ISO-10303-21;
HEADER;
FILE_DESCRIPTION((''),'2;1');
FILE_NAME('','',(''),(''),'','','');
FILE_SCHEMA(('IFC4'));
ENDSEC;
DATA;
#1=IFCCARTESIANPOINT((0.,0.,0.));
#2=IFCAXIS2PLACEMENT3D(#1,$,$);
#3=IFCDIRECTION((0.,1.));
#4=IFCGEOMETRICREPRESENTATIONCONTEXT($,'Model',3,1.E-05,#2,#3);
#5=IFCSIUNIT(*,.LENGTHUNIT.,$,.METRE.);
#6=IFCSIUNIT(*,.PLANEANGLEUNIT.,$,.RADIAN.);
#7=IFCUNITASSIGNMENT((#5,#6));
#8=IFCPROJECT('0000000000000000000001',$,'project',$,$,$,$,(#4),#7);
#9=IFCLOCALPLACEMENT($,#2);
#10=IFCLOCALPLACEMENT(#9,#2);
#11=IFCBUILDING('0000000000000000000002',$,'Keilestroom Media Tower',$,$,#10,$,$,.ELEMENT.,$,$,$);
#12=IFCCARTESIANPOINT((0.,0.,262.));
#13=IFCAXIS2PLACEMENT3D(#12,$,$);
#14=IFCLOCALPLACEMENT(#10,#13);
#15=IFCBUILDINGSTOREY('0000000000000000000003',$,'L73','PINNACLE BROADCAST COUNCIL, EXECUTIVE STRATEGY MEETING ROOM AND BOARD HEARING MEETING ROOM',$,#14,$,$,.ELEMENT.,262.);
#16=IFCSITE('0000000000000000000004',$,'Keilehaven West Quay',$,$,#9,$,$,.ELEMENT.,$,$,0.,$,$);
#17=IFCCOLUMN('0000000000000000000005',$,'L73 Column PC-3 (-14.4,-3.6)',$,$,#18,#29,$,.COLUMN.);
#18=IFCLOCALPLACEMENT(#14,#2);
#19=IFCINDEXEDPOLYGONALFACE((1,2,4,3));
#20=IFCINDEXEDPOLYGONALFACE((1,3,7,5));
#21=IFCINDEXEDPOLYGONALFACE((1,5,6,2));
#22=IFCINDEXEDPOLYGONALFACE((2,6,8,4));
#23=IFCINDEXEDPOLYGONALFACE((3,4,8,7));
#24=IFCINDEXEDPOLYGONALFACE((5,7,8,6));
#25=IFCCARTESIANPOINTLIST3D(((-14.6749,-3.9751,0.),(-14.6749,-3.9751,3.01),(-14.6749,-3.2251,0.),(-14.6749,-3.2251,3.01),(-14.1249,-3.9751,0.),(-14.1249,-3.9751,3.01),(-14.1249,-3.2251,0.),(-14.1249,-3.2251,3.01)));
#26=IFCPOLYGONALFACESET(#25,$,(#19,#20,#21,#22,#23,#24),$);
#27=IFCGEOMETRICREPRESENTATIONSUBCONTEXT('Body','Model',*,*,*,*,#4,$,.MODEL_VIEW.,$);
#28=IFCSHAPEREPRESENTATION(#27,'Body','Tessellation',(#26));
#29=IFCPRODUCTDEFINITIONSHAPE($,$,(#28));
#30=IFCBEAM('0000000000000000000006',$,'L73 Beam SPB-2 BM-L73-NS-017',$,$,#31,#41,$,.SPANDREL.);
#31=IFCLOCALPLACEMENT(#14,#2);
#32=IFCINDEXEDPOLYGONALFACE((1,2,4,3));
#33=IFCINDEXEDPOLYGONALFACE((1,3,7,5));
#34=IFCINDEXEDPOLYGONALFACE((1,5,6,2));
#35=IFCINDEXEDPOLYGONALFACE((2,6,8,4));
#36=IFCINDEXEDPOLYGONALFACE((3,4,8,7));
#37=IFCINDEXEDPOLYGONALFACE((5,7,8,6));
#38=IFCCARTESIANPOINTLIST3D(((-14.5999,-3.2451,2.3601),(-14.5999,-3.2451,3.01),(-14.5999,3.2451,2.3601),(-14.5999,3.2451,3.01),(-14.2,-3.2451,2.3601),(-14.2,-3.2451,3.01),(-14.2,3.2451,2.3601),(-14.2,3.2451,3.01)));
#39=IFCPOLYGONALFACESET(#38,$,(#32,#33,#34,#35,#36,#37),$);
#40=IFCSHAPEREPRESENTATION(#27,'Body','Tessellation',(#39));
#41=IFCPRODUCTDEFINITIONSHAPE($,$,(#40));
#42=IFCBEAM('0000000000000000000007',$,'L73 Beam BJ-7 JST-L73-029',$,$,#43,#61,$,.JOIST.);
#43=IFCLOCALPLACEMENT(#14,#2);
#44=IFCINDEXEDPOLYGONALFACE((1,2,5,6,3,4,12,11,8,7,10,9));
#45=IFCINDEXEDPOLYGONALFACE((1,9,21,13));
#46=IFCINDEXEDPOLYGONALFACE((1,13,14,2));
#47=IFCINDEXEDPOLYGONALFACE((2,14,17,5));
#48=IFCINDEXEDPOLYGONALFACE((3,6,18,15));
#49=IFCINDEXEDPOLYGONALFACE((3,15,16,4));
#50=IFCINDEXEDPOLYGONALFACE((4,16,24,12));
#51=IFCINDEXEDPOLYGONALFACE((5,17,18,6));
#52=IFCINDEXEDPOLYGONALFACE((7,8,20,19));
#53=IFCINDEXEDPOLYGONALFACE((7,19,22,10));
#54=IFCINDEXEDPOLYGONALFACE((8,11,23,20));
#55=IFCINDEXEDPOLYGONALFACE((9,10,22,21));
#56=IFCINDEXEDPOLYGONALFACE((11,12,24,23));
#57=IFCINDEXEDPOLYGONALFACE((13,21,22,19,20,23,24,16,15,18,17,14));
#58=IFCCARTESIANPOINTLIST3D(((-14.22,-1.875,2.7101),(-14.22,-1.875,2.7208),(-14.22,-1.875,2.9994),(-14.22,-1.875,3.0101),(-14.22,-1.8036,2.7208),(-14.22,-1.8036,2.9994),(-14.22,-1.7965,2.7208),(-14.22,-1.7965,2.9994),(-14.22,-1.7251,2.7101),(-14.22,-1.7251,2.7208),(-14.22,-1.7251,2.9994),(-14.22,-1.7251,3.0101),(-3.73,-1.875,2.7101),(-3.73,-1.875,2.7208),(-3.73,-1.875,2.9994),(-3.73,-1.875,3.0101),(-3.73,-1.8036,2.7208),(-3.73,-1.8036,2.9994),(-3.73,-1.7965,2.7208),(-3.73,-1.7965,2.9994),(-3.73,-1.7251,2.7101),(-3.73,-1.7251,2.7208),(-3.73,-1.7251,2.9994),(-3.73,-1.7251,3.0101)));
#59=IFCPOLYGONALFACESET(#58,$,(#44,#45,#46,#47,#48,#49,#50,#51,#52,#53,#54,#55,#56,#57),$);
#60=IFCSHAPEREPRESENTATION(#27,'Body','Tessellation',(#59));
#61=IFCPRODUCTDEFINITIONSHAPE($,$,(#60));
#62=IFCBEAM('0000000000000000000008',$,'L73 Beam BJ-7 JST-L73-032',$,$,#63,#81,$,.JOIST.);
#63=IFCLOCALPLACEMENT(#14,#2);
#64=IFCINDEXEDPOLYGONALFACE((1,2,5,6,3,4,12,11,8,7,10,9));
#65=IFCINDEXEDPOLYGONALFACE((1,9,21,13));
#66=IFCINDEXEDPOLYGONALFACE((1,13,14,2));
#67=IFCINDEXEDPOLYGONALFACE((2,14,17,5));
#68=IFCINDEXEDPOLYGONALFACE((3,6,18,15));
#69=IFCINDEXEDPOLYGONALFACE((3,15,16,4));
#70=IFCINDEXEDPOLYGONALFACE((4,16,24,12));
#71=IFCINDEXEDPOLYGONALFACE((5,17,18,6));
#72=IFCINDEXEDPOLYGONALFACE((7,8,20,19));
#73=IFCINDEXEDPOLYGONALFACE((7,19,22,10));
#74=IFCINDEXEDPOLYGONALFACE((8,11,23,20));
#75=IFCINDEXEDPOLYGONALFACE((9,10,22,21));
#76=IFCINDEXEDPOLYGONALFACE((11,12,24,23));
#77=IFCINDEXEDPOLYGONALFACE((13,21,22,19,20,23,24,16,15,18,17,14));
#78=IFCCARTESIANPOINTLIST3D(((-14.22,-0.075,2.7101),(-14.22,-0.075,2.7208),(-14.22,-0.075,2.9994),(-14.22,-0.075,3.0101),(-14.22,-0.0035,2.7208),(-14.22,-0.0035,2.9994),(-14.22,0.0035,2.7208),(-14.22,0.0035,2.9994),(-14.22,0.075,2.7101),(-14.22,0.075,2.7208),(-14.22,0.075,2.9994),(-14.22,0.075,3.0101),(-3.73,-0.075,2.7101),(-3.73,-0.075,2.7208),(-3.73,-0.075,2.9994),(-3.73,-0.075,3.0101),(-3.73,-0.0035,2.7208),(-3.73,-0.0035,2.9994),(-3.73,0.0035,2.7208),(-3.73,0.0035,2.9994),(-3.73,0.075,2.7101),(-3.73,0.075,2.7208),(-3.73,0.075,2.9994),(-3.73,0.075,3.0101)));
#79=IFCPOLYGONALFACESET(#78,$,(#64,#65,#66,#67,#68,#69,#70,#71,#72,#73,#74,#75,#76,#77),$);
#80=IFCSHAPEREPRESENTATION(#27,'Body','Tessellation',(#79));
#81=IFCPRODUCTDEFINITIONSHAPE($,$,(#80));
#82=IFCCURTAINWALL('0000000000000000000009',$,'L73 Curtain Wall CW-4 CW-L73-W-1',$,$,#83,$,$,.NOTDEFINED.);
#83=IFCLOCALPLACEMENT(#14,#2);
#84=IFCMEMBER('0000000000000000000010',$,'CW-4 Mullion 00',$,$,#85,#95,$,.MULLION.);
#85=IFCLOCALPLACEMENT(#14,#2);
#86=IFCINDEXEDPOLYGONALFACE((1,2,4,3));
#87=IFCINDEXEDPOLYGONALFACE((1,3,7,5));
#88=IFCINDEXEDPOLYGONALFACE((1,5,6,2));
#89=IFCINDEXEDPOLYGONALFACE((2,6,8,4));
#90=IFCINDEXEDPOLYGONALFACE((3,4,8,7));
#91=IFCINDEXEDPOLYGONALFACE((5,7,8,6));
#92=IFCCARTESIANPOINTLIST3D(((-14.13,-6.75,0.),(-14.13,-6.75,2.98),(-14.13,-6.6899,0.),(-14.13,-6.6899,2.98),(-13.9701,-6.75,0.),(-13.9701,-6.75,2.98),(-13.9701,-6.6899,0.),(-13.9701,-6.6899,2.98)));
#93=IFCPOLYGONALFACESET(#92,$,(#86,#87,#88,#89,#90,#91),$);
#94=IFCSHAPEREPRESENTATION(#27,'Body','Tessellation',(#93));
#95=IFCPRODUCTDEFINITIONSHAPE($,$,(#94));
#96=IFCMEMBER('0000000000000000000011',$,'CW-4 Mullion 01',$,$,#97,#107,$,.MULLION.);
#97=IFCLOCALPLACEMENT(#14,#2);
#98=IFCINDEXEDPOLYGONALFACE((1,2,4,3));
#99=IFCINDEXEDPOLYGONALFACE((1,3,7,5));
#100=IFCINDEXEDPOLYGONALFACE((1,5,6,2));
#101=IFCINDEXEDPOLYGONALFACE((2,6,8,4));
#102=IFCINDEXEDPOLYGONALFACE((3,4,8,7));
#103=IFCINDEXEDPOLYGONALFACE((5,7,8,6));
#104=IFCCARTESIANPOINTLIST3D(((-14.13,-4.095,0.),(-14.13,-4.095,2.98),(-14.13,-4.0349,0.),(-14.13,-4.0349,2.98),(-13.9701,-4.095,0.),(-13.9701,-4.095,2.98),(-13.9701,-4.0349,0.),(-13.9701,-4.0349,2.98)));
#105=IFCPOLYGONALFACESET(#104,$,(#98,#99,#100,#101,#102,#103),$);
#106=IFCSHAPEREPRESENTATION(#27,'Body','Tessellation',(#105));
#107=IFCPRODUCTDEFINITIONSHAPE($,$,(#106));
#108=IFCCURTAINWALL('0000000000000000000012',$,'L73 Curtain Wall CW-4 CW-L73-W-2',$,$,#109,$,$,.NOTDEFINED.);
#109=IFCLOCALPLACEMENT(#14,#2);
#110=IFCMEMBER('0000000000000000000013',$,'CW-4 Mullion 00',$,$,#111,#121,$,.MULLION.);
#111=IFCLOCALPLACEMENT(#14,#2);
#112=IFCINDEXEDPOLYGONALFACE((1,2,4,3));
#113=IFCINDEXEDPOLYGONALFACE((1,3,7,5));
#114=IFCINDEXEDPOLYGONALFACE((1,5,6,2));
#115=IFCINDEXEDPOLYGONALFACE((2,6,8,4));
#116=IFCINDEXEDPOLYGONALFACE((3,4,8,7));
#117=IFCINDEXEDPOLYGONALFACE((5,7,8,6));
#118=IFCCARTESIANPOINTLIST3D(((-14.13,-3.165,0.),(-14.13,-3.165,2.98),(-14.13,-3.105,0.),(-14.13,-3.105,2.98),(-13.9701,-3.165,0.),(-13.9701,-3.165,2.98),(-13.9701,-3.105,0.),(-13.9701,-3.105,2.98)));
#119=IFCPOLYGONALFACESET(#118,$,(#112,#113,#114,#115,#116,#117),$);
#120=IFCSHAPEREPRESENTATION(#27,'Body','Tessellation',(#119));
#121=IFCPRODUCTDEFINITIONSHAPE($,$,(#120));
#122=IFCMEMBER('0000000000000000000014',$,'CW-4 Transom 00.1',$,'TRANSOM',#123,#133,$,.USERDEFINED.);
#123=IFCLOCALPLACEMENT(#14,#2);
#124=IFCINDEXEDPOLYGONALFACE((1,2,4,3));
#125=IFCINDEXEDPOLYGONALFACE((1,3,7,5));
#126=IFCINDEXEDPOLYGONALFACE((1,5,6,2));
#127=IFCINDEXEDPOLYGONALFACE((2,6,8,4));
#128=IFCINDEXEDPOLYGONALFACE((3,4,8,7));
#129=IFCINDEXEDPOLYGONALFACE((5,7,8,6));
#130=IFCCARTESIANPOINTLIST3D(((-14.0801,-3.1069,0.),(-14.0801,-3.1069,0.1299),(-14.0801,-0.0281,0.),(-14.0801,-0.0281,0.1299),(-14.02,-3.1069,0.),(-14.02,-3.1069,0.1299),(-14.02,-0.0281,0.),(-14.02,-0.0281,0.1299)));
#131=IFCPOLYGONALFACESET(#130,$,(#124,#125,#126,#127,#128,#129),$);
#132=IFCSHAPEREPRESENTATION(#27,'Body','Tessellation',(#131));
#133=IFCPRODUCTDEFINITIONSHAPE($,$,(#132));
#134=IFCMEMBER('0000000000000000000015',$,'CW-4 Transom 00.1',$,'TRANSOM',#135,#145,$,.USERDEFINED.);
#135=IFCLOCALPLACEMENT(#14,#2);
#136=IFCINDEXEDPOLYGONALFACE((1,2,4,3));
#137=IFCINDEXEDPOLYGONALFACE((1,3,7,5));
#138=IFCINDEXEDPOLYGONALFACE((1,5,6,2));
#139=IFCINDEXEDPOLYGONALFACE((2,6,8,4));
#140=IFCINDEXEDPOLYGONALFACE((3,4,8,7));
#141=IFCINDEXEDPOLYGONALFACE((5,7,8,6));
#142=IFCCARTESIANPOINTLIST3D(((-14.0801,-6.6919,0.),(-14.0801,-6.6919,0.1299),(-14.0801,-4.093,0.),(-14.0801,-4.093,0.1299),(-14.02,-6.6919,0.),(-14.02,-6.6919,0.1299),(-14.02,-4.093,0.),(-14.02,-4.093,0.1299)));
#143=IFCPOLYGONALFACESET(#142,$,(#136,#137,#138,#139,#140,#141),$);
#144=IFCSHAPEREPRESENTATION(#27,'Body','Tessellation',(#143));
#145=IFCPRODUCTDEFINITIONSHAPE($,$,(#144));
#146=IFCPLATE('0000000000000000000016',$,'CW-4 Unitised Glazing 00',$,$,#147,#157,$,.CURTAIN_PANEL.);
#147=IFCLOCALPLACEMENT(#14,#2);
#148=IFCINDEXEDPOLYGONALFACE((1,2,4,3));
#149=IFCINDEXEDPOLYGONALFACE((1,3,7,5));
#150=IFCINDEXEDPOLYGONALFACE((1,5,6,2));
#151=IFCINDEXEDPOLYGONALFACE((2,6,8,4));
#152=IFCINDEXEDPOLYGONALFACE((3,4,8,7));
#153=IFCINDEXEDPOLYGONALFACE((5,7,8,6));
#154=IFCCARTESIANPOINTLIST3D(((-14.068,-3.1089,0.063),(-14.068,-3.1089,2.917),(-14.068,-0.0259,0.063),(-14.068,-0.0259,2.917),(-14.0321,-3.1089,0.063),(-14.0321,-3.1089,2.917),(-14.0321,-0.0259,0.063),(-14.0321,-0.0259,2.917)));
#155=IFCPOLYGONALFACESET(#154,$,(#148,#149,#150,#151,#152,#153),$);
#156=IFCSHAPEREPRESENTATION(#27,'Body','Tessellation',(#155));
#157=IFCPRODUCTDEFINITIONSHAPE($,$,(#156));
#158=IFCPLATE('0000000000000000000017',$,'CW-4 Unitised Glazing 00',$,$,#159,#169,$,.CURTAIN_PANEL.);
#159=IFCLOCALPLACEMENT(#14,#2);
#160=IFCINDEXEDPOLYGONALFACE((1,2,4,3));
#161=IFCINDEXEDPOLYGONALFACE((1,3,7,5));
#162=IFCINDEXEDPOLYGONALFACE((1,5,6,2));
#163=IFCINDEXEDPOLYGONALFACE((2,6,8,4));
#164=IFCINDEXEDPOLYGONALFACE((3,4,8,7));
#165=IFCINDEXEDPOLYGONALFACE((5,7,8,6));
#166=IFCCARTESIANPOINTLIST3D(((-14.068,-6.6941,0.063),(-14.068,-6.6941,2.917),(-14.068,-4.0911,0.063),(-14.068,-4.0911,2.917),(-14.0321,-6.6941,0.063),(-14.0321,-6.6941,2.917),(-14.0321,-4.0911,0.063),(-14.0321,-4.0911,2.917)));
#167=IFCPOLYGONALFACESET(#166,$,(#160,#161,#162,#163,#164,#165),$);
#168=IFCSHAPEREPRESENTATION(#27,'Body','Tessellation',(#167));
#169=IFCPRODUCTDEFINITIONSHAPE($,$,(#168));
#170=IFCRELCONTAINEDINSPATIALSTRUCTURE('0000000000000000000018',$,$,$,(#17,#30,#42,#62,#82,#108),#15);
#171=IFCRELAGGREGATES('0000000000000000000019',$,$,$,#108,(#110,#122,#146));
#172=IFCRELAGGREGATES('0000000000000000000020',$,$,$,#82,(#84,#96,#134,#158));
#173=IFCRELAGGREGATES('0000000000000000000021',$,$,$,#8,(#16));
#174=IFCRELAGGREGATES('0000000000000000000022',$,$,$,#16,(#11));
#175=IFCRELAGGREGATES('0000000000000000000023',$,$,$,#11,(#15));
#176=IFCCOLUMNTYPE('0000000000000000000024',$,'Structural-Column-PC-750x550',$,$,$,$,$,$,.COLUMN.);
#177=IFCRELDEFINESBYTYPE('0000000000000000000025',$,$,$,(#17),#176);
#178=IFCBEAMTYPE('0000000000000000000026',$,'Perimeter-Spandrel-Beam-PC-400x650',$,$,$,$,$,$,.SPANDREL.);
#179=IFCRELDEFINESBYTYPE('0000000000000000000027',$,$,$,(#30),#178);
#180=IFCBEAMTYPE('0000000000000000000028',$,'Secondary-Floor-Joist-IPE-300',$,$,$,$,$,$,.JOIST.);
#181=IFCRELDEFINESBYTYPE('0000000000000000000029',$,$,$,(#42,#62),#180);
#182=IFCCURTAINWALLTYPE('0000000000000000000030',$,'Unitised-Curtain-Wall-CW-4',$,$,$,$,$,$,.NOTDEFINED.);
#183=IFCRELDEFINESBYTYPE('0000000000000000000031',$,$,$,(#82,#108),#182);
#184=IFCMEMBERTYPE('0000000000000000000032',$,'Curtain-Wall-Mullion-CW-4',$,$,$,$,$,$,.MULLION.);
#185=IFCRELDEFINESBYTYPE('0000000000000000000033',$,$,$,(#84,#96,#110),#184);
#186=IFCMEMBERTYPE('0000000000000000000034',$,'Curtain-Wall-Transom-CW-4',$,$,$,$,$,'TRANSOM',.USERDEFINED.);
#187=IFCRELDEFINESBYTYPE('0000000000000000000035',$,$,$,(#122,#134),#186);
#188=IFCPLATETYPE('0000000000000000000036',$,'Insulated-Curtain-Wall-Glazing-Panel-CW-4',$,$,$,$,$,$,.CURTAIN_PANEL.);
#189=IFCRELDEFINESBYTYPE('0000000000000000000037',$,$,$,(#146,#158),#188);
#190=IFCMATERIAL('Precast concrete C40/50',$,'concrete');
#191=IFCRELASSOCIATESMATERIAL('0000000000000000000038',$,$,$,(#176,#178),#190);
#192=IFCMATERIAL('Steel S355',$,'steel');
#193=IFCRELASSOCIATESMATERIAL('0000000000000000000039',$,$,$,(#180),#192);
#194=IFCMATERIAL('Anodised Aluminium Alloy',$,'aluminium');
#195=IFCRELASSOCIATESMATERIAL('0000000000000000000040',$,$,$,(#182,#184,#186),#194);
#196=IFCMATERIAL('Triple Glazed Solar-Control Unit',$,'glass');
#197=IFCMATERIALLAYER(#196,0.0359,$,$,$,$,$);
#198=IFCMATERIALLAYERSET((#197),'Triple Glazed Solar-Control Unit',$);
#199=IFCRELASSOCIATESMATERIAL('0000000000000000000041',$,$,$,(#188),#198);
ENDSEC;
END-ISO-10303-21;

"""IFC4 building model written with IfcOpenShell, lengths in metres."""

from ifc_helpers import new_model, si_unit, direction, frame, origin, origin_2d, place, context, subcontext, project, spatial, rectangle, i_section, extrude, source, transform, mapped, material, layer, layer_set, material_profile, profile_set, type_object, element, aggregate, save


model = new_model("IFC4")

# Units and contexts
model_context = context("Model", 3, precision=1e-05, world=origin(), true_north=direction((0.0, 1.0)))
body_context = subcontext(model_context, "Body", "Model", "MODEL_VIEW")
ifc_project = project(units=[si_unit("LENGTHUNIT", "METRE"), si_unit("PLANEANGLEUNIT", "RADIAN")], contexts=[model_context])

# Site, building, storey
site_placement = place(None, origin())
site = spatial("IfcSite", under=ifc_project, at=site_placement, Name="Keilehaven West Quay", CompositionType="ELEMENT", RefElevation=0.0)
building_placement = place(site_placement, origin())
building = spatial("IfcBuilding", under=site, at=building_placement, Name="Keilestroom Media Tower", CompositionType="ELEMENT")
storey_placement = place(building_placement, frame((0.0, 0.0, 262.0)))
storey = spatial("IfcBuildingStorey", under=building, at=storey_placement, Name="L73", Description="PINNACLE BROADCAST COUNCIL, EXECUTIVE STRATEGY MEETING ROOM AND BOARD HEARING MEETING ROOM", CompositionType="ELEMENT", Elevation=262.0)

# Column
ifc_material_1 = material(Name="Precast concrete C40/50", Category="concrete")
ifc_material_profile_1 = material_profile(ifc_material_1, rectangle(XDim=0.55, YDim=0.75, at=origin_2d()), Name="PC 750x550")
ifc_profile_set_1 = profile_set([ifc_material_profile_1], Name="Precast concrete C40/50")
column_type = type_object("IfcColumnType", Name="Structural-Column-PC-750x550", PredefinedType="COLUMN", material=ifc_profile_set_1)
shared_shape_1 = source(origin(), body_context, "Body", "SweptSolid", [
    extrude(rectangle(XDim=0.55, YDim=0.75, at=origin_2d()), origin(), (0.0, 0.0, 1.0), 3.01),
])
column_placement = place(storey_placement, frame((-14.3999, -3.6001, 0.0), z_axis=(0.0, 0.0, 1.0), x_axis=(1.0, 0.0, 0.0)))
element("IfcColumn", 1, at=column_placement, inside=storey, type_object=column_type, Name="L73 Column PC-3 (-14.4,-3.6)", PredefinedType="COLUMN", context=body_context, shape_type="MappedRepresentation", body=[
    mapped(shared_shape_1, transform((0.0, 0.0, 0.0), x_axis=(1.0, 0.0, 0.0), y_axis=(0.0, 1.0, 0.0), z_axis=(0.0, 0.0, 1.0), scale=1.0)),
])

# Beams
ifc_material_profile_2 = material_profile(ifc_material_1, rectangle(XDim=0.3999, YDim=0.6499, at=origin_2d()), Name="PC 400x650")
ifc_profile_set_2 = profile_set([ifc_material_profile_2], Name="Precast concrete C40/50")
beam_type_1 = type_object("IfcBeamType", Name="Perimeter-Spandrel-Beam-PC-400x650", PredefinedType="SPANDREL", material=ifc_profile_set_2)
shared_shape_2 = source(origin(), body_context, "Body", "SweptSolid", [
    extrude(rectangle(XDim=0.3999, YDim=0.6499, at=origin_2d()), origin(), (0.0, 0.0, 1.0), 6.4902),
])
beam_placement = place(storey_placement, frame((-14.3999, -3.2451, 2.6851), z_axis=(0.0, 1.0, 0.0), x_axis=(-1.0, 0.0, 0.0)))
element("IfcBeam", 2, at=beam_placement, inside=storey, type_object=beam_type_1, Name="L73 Beam SPB-2 BM-L73-NS-017", PredefinedType="SPANDREL", context=body_context, shape_type="MappedRepresentation", body=[
    mapped(shared_shape_2, transform((0.0, 0.0, 0.0), x_axis=(1.0, 0.0, 0.0), y_axis=(0.0, 1.0, 0.0), z_axis=(0.0, 0.0, 1.0), scale=1.0)),
])
ifc_material_2 = material(Name="Steel S355", Category="steel")
ifc_material_profile_3 = material_profile(ifc_material_2, i_section(OverallWidth=0.1499, OverallDepth=0.3, WebThickness=0.0071, FlangeThickness=0.0107, at=origin_2d()), Name="IPE 300")
ifc_profile_set_3 = profile_set([ifc_material_profile_3], Name="Steel S355")
beam_type_2 = type_object("IfcBeamType", Name="Secondary-Floor-Joist-IPE-300", PredefinedType="JOIST", material=ifc_profile_set_3)
shared_shape_3 = source(origin(), body_context, "Body", "SweptSolid", [
    extrude(i_section(OverallWidth=0.1499, OverallDepth=0.3, WebThickness=0.0071, FlangeThickness=0.0107, at=origin_2d()), origin(), (0.0, 0.0, 1.0), 10.49),
])
for number, where, z_axis, x_axis, name in (
    (3, (-14.22, -1.8, 2.8601), (1.0, 0.0, 0.0), (0.0, 1.0, 0.0), "L73 Beam BJ-7 JST-L73-029"),
    (4, (-14.22, 0.0, 2.8601), (1.0, 0.0, 0.0), (0.0, 1.0, 0.0), "L73 Beam BJ-7 JST-L73-032"),
):
    element("IfcBeam", number, at=place(storey_placement, frame(where, z_axis=z_axis, x_axis=x_axis)), inside=storey, type_object=beam_type_2, Name=name, PredefinedType="JOIST", context=body_context, shape_type="MappedRepresentation", body=[
        mapped(shared_shape_3, transform((0.0, 0.0, 0.0), x_axis=(1.0, 0.0, 0.0), y_axis=(0.0, 1.0, 0.0), z_axis=(0.0, 0.0, 1.0), scale=1.0)),
    ])

# Curtain walls, members
ifc_material_3 = material(Name="Anodised Aluminium Alloy", Category="aluminium")
curtain_wall_type = type_object("IfcCurtainWallType", Name="Unitised-Curtain-Wall-CW-4", PredefinedType="NOTDEFINED", material=ifc_material_3)
curtain_wall_1_placement = place(storey_placement, origin())
curtain_wall_1 = element("IfcCurtainWall", 5, at=curtain_wall_1_placement, inside=storey, type_object=curtain_wall_type, Name="L73 Curtain Wall CW-4 CW-L73-W-1", PredefinedType="NOTDEFINED")
ifc_material_profile_4 = material_profile(ifc_material_3, rectangle(XDim=0.0601, YDim=0.1599, at=origin_2d()), Name="ALU MULLION 60x160")
ifc_profile_set_4 = profile_set([ifc_material_profile_4], Name="Anodised Aluminium Alloy")
member_type_1 = type_object("IfcMemberType", Name="Curtain-Wall-Mullion-CW-4", PredefinedType="MULLION", material=ifc_profile_set_4)
shared_shape_4 = source(origin(), body_context, "Body", "SweptSolid", [
    extrude(rectangle(XDim=0.0601, YDim=0.1599, at=origin_2d()), origin(), (0.0, 0.0, 1.0), 2.98),
])
member_1_placement = place(storey_placement, frame((-14.05, -6.72, 0.0), z_axis=(0.0, 0.0, 1.0), x_axis=(0.0, 1.0, 0.0)))
member_1 = element("IfcMember", 6, at=member_1_placement, type_object=member_type_1, Name="CW-4 Mullion 00", PredefinedType="MULLION", context=body_context, shape_type="MappedRepresentation", body=[
    mapped(shared_shape_4, transform((0.0, 0.0, 0.0), x_axis=(1.0, 0.0, 0.0), y_axis=(0.0, 1.0, 0.0), z_axis=(0.0, 0.0, 1.0), scale=1.0)),
])
member_2_placement = place(storey_placement, frame((-14.05, -4.0649, 0.0), z_axis=(0.0, 0.0, 1.0), x_axis=(0.0, 1.0, 0.0)))
member_2 = element("IfcMember", 7, at=member_2_placement, type_object=member_type_1, Name="CW-4 Mullion 01", PredefinedType="MULLION", context=body_context, shape_type="MappedRepresentation", body=[
    mapped(shared_shape_4, transform((0.0, 0.0, 0.0), x_axis=(1.0, 0.0, 0.0), y_axis=(0.0, 1.0, 0.0), z_axis=(0.0, 0.0, 1.0), scale=1.0)),
])
curtain_wall_2_placement = place(storey_placement, origin())
curtain_wall_2 = element("IfcCurtainWall", 8, at=curtain_wall_2_placement, inside=storey, type_object=curtain_wall_type, Name="L73 Curtain Wall CW-4 CW-L73-W-2", PredefinedType="NOTDEFINED")
member_3_placement = place(storey_placement, frame((-14.05, -3.135, 0.0), z_axis=(0.0, 0.0, 1.0), x_axis=(0.0, 1.0, 0.0)))
member_3 = element("IfcMember", 9, at=member_3_placement, type_object=member_type_1, Name="CW-4 Mullion 00", PredefinedType="MULLION", context=body_context, shape_type="MappedRepresentation", body=[
    mapped(shared_shape_4, transform((0.0, 0.0, 0.0), x_axis=(1.0, 0.0, 0.0), y_axis=(0.0, 1.0, 0.0), z_axis=(0.0, 0.0, 1.0), scale=1.0)),
])
ifc_material_profile_5 = material_profile(ifc_material_3, rectangle(XDim=0.0601, YDim=0.1299, at=origin_2d()), Name="ALU TRANSOM 60x130")
ifc_profile_set_5 = profile_set([ifc_material_profile_5], Name="Anodised Aluminium Alloy")
member_type_2 = type_object("IfcMemberType", Name="Curtain-Wall-Transom-CW-4", ElementType="TRANSOM", PredefinedType="USERDEFINED", material=ifc_profile_set_5)
shared_shape_5 = source(origin(), body_context, "Body", "SweptSolid", [
    extrude(rectangle(XDim=0.0601, YDim=0.1299, at=origin_2d()), origin(), (0.0, 0.0, 1.0), 3.0789),
])
member_4_placement = place(storey_placement, frame((-14.05, -3.1069, 0.0649), z_axis=(0.0, 1.0, 0.0), x_axis=(-1.0, 0.0, 0.0)))
member_4 = element("IfcMember", 10, at=member_4_placement, type_object=member_type_2, Name="CW-4 Transom 00.1", ObjectType="TRANSOM", PredefinedType="USERDEFINED", context=body_context, shape_type="MappedRepresentation", body=[
    mapped(shared_shape_5, transform((0.0, 0.0, 0.0), x_axis=(1.0, 0.0, 0.0), y_axis=(0.0, 1.0, 0.0), z_axis=(0.0, 0.0, 1.0), scale=1.0)),
])

# Member
shared_shape_6 = source(origin(), body_context, "Body", "SweptSolid", [
    extrude(rectangle(XDim=0.0601, YDim=0.1299, at=origin_2d()), origin(), (0.0, 0.0, 1.0), 2.5989),
])
member_5_placement = place(storey_placement, frame((-14.05, -6.6919, 0.0649), z_axis=(0.0, 1.0, 0.0), x_axis=(-1.0, 0.0, 0.0)))
member_5 = element("IfcMember", 11, at=member_5_placement, type_object=member_type_2, Name="CW-4 Transom 00.1", ObjectType="TRANSOM", PredefinedType="USERDEFINED", context=body_context, shape_type="MappedRepresentation", body=[
    mapped(shared_shape_6, transform((0.0, 0.0, 0.0), x_axis=(1.0, 0.0, 0.0), y_axis=(0.0, 1.0, 0.0), z_axis=(0.0, 0.0, 1.0), scale=1.0)),
])

# Plates
ifc_material_4 = material(Name="Triple Glazed Solar-Control Unit", Category="glass")
ifc_layer_1 = layer(ifc_material_4, 0.0359)
ifc_layer_set_1 = layer_set([ifc_layer_1], Name="Triple Glazed Solar-Control Unit")
plate_type = type_object("IfcPlateType", Name="Insulated-Curtain-Wall-Glazing-Panel-CW-4", PredefinedType="CURTAIN_PANEL", material=ifc_layer_set_1)
shared_shape_7 = source(origin(), body_context, "Body", "SweptSolid", [
    extrude(rectangle(XDim=3.083, YDim=0.0359, at=origin_2d()), origin(), (0.0, 0.0, 1.0), 2.854),
])
plate_1_placement = place(storey_placement, frame((-14.05, -1.5674, 0.063), z_axis=(0.0, 0.0, 1.0), x_axis=(0.0, 1.0, 0.0)))
plate_1 = element("IfcPlate", 12, at=plate_1_placement, type_object=plate_type, Name="CW-4 Unitised Glazing 00", PredefinedType="CURTAIN_PANEL", context=body_context, shape_type="MappedRepresentation", body=[
    mapped(shared_shape_7, transform((0.0, 0.0, 0.0), x_axis=(1.0, 0.0, 0.0), y_axis=(0.0, 1.0, 0.0), z_axis=(0.0, 0.0, 1.0), scale=1.0)),
])
aggregate(curtain_wall_2, [member_3, member_4, plate_1])
shared_shape_8 = source(origin(), body_context, "Body", "SweptSolid", [
    extrude(rectangle(XDim=2.603, YDim=0.0359, at=origin_2d()), origin(), (0.0, 0.0, 1.0), 2.854),
])
plate_2_placement = place(storey_placement, frame((-14.05, -5.3926, 0.063), z_axis=(0.0, 0.0, 1.0), x_axis=(0.0, 1.0, 0.0)))
plate_2 = element("IfcPlate", 13, at=plate_2_placement, type_object=plate_type, Name="CW-4 Unitised Glazing 00", PredefinedType="CURTAIN_PANEL", context=body_context, shape_type="MappedRepresentation", body=[
    mapped(shared_shape_8, transform((0.0, 0.0, 0.0), x_axis=(1.0, 0.0, 0.0), y_axis=(0.0, 1.0, 0.0), z_axis=(0.0, 0.0, 1.0), scale=1.0)),
])
aggregate(curtain_wall_1, [member_1, member_2, member_5, plate_2])

save(model, "model.ifc")
